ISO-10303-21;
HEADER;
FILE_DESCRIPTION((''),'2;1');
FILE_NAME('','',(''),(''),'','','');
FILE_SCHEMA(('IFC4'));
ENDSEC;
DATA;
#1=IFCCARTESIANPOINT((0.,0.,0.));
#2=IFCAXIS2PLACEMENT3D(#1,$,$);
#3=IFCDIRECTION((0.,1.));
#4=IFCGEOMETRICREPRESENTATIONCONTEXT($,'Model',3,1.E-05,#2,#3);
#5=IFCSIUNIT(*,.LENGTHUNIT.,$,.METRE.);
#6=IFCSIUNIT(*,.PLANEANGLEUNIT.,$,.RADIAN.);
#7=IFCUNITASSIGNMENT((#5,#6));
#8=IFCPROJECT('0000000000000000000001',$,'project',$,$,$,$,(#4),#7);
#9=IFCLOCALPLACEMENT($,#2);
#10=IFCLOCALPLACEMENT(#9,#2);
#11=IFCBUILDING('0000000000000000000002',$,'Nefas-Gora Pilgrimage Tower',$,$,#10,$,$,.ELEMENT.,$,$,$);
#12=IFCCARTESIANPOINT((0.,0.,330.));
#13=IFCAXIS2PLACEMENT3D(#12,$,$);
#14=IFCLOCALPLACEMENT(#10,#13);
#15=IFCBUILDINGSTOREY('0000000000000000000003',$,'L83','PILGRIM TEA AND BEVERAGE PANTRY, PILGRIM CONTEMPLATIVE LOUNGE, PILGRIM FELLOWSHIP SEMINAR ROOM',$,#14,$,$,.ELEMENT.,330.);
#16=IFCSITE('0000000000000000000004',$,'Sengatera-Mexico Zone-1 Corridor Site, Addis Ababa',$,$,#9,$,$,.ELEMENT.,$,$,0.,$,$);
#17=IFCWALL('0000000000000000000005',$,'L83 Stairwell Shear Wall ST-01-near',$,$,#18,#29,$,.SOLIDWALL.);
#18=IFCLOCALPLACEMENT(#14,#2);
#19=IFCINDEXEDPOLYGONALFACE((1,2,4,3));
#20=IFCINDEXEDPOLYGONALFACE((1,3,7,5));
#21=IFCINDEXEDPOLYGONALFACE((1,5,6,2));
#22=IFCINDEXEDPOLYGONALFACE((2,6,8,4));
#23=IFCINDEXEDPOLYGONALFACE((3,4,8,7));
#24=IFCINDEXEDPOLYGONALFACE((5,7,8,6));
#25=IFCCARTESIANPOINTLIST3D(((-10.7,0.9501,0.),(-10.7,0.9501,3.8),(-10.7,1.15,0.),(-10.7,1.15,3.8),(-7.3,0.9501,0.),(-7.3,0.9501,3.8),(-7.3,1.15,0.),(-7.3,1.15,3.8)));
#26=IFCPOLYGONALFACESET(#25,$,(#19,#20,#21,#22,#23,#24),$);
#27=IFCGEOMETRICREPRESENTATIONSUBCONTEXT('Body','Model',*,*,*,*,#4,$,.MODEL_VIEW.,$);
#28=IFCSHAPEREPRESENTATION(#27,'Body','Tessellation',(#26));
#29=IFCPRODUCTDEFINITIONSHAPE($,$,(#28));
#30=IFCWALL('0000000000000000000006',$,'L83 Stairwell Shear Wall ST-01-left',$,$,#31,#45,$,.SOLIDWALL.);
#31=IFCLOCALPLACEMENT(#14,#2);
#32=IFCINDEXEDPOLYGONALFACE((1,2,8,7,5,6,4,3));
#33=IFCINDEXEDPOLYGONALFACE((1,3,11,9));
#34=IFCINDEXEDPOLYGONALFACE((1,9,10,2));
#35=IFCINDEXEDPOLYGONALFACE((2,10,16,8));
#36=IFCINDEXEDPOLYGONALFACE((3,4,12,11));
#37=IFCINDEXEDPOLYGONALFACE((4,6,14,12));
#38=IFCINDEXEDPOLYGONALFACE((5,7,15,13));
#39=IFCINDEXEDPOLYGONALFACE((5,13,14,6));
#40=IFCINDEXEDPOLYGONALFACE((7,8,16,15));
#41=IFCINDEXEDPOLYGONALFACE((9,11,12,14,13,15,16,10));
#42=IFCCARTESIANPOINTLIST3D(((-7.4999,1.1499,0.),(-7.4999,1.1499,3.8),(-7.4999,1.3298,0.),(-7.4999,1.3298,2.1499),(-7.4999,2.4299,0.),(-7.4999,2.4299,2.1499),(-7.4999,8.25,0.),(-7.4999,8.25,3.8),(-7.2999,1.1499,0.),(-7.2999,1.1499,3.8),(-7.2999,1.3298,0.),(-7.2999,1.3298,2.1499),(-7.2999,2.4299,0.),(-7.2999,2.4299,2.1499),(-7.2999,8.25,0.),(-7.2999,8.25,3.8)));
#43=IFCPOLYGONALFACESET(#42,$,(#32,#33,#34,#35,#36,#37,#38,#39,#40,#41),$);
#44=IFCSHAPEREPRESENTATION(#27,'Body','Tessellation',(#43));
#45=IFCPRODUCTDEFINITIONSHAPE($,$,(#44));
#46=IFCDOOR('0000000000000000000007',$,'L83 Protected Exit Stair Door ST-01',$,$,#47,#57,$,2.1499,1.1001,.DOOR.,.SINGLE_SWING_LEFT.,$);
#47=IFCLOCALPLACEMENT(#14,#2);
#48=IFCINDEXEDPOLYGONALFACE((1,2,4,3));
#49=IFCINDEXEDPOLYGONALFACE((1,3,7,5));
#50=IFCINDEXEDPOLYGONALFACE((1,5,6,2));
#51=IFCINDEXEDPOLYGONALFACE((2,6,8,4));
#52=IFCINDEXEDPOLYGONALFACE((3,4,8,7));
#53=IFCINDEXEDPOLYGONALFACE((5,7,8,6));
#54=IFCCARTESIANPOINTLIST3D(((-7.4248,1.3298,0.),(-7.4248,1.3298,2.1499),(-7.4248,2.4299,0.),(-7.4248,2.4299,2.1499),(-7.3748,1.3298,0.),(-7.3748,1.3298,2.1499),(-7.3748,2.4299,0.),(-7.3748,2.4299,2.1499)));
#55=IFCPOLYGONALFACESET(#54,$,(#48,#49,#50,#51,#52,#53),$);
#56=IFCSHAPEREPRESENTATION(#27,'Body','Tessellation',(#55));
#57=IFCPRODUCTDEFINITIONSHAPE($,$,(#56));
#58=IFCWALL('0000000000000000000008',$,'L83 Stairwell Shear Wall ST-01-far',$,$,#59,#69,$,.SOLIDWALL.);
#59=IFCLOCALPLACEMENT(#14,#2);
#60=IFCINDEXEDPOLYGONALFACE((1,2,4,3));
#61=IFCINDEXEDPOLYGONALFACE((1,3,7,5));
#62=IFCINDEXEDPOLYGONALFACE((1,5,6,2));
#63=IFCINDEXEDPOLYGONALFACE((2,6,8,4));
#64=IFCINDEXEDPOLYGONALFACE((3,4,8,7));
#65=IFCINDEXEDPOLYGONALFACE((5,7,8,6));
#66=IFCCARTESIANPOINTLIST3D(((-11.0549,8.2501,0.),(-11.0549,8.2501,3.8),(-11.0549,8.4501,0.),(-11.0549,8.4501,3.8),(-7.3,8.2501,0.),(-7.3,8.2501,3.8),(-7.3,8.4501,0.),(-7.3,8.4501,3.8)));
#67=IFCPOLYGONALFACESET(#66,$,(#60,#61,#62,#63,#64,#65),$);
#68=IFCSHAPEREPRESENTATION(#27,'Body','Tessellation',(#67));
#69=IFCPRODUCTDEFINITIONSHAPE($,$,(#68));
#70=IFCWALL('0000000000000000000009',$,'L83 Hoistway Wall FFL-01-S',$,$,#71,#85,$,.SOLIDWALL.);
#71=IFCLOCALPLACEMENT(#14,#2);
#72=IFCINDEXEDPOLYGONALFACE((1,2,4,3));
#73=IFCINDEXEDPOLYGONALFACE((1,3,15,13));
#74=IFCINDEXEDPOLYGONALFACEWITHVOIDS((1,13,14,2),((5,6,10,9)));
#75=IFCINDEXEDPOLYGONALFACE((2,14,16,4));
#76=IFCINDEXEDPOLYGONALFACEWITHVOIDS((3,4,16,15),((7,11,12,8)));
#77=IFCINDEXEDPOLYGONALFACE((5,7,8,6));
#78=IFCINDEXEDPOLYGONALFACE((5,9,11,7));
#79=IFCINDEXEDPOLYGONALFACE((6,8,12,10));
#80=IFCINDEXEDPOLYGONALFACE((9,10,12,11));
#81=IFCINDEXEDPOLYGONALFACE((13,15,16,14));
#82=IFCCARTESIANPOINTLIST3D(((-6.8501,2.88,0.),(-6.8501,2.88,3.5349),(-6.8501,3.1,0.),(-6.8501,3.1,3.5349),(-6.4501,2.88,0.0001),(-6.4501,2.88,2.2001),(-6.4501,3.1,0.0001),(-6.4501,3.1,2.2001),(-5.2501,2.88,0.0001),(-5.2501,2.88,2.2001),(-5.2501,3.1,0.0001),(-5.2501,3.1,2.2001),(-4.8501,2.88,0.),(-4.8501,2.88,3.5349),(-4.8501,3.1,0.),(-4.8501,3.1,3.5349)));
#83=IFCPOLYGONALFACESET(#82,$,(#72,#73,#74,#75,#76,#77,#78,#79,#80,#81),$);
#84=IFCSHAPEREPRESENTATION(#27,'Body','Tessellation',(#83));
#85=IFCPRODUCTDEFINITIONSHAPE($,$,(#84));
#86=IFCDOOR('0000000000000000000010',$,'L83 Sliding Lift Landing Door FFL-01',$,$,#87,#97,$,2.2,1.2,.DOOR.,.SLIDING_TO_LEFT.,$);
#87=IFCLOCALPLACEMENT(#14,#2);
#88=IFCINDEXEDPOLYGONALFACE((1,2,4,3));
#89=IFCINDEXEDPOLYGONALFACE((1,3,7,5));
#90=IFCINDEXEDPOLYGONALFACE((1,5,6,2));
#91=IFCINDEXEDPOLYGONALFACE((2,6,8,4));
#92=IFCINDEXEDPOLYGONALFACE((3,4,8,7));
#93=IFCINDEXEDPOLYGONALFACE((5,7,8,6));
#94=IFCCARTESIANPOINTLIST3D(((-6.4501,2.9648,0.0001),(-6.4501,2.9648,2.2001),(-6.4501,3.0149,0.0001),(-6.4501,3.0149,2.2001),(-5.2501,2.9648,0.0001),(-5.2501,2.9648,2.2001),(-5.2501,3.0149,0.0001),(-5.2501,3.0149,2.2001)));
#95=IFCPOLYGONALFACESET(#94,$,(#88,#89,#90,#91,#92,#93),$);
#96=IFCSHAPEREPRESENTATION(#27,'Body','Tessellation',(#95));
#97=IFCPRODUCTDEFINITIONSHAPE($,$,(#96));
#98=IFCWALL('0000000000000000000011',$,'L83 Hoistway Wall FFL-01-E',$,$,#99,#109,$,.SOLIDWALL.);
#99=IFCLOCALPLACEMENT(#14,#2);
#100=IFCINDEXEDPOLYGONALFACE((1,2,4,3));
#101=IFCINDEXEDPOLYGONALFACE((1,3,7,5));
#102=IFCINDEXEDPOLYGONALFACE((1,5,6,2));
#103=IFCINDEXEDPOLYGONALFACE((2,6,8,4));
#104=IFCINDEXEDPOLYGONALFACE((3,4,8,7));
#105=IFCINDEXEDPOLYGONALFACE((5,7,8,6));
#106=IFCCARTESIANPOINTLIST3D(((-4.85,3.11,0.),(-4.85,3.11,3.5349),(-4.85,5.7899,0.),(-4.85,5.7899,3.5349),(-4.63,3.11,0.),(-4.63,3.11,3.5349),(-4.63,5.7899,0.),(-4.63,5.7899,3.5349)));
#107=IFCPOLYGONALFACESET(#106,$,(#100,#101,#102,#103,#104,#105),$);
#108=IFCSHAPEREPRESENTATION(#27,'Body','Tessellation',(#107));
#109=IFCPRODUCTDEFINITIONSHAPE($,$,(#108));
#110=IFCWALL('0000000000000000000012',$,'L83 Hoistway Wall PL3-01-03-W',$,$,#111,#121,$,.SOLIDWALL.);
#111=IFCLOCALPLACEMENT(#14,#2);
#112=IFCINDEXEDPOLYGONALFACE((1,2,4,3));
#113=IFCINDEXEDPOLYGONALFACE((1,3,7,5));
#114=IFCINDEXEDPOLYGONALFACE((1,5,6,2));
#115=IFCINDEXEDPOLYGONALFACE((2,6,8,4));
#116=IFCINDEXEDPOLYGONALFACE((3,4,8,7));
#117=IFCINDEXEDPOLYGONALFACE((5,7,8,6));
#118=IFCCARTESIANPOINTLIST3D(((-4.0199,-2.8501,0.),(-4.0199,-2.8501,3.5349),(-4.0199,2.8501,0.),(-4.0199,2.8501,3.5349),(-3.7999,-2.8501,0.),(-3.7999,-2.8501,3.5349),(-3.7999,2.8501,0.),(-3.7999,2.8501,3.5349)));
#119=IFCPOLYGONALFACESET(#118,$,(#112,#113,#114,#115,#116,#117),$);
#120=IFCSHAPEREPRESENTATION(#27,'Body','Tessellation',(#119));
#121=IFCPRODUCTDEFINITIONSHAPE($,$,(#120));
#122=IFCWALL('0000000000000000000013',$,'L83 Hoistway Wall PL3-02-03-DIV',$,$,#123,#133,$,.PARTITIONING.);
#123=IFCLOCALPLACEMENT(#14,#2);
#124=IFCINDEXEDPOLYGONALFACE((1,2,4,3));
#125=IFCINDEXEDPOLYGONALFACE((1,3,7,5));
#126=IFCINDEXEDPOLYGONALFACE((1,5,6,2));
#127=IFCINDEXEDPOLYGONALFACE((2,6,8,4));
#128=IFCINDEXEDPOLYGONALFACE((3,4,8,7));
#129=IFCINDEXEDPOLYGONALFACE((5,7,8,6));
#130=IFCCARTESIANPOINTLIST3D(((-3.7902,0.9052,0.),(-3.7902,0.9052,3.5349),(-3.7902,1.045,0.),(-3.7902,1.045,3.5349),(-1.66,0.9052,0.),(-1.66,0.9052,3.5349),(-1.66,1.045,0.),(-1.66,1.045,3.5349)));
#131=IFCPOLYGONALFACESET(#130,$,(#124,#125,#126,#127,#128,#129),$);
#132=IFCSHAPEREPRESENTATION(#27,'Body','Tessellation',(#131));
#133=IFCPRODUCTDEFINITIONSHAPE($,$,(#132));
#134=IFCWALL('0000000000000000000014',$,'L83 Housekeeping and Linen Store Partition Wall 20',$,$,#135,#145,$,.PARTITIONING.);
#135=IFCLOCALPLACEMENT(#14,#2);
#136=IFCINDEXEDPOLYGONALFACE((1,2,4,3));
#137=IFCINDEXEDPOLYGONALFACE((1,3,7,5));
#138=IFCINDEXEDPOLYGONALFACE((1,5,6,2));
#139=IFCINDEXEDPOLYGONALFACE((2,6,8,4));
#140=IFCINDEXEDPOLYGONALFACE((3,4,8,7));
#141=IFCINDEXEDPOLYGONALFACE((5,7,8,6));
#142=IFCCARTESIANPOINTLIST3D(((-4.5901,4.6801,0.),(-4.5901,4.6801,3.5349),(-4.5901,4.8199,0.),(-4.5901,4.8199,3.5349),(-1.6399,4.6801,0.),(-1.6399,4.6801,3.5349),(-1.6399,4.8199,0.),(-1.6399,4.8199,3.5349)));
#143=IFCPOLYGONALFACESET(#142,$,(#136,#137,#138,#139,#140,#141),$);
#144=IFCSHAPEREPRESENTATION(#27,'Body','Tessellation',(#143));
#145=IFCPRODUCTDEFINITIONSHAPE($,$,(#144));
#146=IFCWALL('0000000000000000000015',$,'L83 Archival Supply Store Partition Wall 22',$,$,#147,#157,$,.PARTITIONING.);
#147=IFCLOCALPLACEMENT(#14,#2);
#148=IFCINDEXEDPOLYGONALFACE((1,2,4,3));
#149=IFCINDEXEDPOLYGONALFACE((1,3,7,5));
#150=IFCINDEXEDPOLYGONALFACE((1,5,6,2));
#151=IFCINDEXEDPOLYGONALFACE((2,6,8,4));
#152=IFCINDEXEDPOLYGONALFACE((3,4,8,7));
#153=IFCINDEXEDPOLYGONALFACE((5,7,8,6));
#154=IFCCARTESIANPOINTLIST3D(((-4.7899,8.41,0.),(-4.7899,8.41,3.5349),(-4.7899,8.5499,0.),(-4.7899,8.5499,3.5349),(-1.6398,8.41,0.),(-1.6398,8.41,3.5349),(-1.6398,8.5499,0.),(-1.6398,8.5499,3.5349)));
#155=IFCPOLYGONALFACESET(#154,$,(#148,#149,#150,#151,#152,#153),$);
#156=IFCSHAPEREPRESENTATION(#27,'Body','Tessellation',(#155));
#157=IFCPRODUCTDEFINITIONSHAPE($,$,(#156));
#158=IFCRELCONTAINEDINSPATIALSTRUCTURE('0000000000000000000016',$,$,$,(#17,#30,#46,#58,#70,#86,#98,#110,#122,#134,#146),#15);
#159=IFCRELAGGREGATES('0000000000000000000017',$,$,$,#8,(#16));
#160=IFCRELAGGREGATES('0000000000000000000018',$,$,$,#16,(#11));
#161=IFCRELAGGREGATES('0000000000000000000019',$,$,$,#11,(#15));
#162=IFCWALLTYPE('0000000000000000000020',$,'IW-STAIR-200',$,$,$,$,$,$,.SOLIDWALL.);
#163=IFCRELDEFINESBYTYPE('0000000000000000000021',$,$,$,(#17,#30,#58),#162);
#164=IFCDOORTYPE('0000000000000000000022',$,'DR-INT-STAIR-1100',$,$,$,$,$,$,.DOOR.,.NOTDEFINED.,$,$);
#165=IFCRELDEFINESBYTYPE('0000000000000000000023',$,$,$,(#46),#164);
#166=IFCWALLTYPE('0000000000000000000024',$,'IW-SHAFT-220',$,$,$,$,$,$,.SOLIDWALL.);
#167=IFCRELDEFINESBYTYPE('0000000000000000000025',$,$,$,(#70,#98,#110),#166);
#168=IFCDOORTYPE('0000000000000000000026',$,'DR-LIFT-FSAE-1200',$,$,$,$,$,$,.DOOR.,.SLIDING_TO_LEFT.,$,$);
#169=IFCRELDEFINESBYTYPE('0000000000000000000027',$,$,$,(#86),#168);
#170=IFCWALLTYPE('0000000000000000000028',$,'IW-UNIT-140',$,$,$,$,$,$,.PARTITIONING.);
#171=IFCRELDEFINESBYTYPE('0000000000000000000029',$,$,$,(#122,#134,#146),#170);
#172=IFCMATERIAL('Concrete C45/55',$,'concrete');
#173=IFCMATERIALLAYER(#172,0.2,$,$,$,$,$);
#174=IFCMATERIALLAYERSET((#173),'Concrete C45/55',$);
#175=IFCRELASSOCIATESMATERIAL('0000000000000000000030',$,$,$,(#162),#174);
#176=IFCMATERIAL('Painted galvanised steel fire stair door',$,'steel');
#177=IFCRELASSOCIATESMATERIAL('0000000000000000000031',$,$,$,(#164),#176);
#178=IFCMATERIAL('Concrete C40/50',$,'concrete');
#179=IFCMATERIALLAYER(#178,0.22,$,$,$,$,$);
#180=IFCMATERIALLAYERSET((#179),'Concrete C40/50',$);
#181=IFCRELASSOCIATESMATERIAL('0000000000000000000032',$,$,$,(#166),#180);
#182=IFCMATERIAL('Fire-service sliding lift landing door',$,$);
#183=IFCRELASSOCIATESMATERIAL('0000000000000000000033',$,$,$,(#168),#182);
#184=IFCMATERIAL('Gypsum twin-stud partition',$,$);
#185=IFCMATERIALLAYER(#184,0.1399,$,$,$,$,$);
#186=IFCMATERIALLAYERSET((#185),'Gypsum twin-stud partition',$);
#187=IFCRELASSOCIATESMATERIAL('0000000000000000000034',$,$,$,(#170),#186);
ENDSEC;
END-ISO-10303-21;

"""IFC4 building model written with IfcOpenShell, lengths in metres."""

from ifc_helpers import new_model, si_unit, direction, frame, frame_2d, origin, place, context, subcontext, project, spatial, rectangle, extrude, source, transform, mapped, material, layer, layer_set, type_object, element, fill, save


model = new_model("IFC4")

# Units and contexts
model_context = context("Model", 3, precision=1e-05, world=origin(), true_north=direction((0.0, 1.0)))
body_context = subcontext(model_context, "Body", "Model", "MODEL_VIEW")
ifc_project = project(units=[si_unit("LENGTHUNIT", "METRE"), si_unit("PLANEANGLEUNIT", "RADIAN")], contexts=[model_context])

# Site, building, storey
site_placement = place(None, origin())
site = spatial("IfcSite", under=ifc_project, at=site_placement, Name="Sengatera-Mexico Zone-1 Corridor Site, Addis Ababa", CompositionType="ELEMENT", RefElevation=0.0)
building_placement = place(site_placement, origin())
building = spatial("IfcBuilding", under=site, at=building_placement, Name="Nefas-Gora Pilgrimage Tower", CompositionType="ELEMENT")
storey_placement = place(building_placement, frame((0.0, 0.0, 330.0)))
storey = spatial("IfcBuildingStorey", under=building, at=storey_placement, Name="L83", Description="PILGRIM TEA AND BEVERAGE PANTRY, PILGRIM CONTEMPLATIVE LOUNGE, PILGRIM FELLOWSHIP SEMINAR ROOM", CompositionType="ELEMENT", Elevation=330.0)

# Wall
ifc_material_1 = material(Name="Concrete C45/55", Category="concrete")
ifc_layer_1 = layer(ifc_material_1, 0.2)
ifc_layer_set_1 = layer_set([ifc_layer_1], Name="Concrete C45/55")
wall_type_1 = type_object("IfcWallType", Name="IW-STAIR-200", PredefinedType="SOLIDWALL", material=ifc_layer_set_1)
shared_shape_1 = source(origin(), body_context, "Body", "SweptSolid", [
    extrude(rectangle(XDim=3.3999, YDim=0.2, at=frame_2d((1.7, 0.0))), origin(), (0.0, 0.0, 1.0), 3.8),
])
wall_1_placement = place(storey_placement, frame((-7.3, 1.05, 0.0), z_axis=(0.0, 0.0, 1.0), x_axis=(-1.0, 0.0, 0.0)))
element("IfcWall", 1, at=wall_1_placement, inside=storey, type_object=wall_type_1, Name="L83 Stairwell Shear Wall ST-01-near", PredefinedType="SOLIDWALL", context=body_context, shape_type="MappedRepresentation", body=[
    mapped(shared_shape_1, transform((0.0, 0.0, 0.0), x_axis=(1.0, 0.0, 0.0), y_axis=(0.0, 1.0, 0.0), z_axis=(0.0, 0.0, 1.0), scale=1.0)),
])

# Wall, opening, door
shared_shape_2 = source(origin(), body_context, "Body", "SweptSolid", [
    extrude(rectangle(XDim=7.1001, YDim=0.2, at=frame_2d((3.55, 0.0))), origin(), (0.0, 0.0, 1.0), 3.8),
])
wall_2_placement = place(storey_placement, frame((-7.3999, 1.1499, 0.0), z_axis=(0.0, 0.0, 1.0), x_axis=(0.0, 1.0, 0.0)))
wall_2 = element("IfcWall", 2, at=wall_2_placement, inside=storey, type_object=wall_type_1, Name="L83 Stairwell Shear Wall ST-01-left", PredefinedType="SOLIDWALL", context=body_context, shape_type="MappedRepresentation", body=[
    mapped(shared_shape_2, transform((0.0, 0.0, 0.0), x_axis=(1.0, 0.0, 0.0), y_axis=(0.0, 1.0, 0.0), z_axis=(0.0, 0.0, 1.0), scale=1.0)),
])
opening_1_placement = place(wall_2_placement, frame((0.1799, 0.0, 0.0)))
opening_1 = element("IfcOpeningElement", 3, at=opening_1_placement, cuts=wall_2, PredefinedType="OPENING", context=body_context, shape_type="SweptSolid", body=[
    extrude(rectangle(XDim=1.1001, YDim=2.1499, at=frame_2d((0.55, 1.075))), frame((0.0, 0.1099, 0.0), z_axis=(0.0, -1.0, 0.0), x_axis=(1.0, 0.0, 0.0)), (0.0, 0.0, 1.0), 0.22),
])
ifc_material_2 = material(Name="Painted galvanised steel fire stair door", Category="steel")
door_type_1 = type_object("IfcDoorType", Name="DR-INT-STAIR-1100", OperationType="NOTDEFINED", PredefinedType="DOOR", material=ifc_material_2)
shared_shape_3 = source(origin(), body_context, "Body", "SweptSolid", [
    extrude(rectangle(XDim=1.1001, YDim=2.1499, at=frame_2d((0.55, 1.075))), frame((0.0, 0.0249, 0.0), z_axis=(0.0, -1.0, 0.0), x_axis=(1.0, 0.0, 0.0)), (0.0, 0.0, 1.0), 0.05),
])
door_1_placement = place(opening_1_placement, origin())
door_1 = element("IfcDoor", 4, at=door_1_placement, inside=storey, type_object=door_type_1, Name="L83 Protected Exit Stair Door ST-01", OperationType="SINGLE_SWING_LEFT", OverallHeight=2.1499, OverallWidth=1.1001, PredefinedType="DOOR", context=body_context, shape_type="MappedRepresentation", body=[
    mapped(shared_shape_3, transform((0.0, 0.0, 0.0), x_axis=(1.0, 0.0, 0.0), y_axis=(0.0, 1.0, 0.0), z_axis=(0.0, 0.0, 1.0), scale=1.0)),
])
fill(opening_1, door_1)

# Wall
shared_shape_4 = source(origin(), body_context, "Body", "SweptSolid", [
    extrude(rectangle(XDim=3.7549, YDim=0.2, at=frame_2d((1.8774, 0.0))), origin(), (0.0, 0.0, 1.0), 3.8),
])
wall_3_placement = place(storey_placement, frame((-7.3, 8.3501, 0.0), z_axis=(0.0, 0.0, 1.0), x_axis=(-1.0, 0.0, 0.0)))
element("IfcWall", 5, at=wall_3_placement, inside=storey, type_object=wall_type_1, Name="L83 Stairwell Shear Wall ST-01-far", PredefinedType="SOLIDWALL", context=body_context, shape_type="MappedRepresentation", body=[
    mapped(shared_shape_4, transform((0.0, 0.0, 0.0), x_axis=(1.0, 0.0, 0.0), y_axis=(0.0, 1.0, 0.0), z_axis=(0.0, 0.0, 1.0), scale=1.0)),
])

# Wall, opening, door
ifc_material_3 = material(Name="Concrete C40/50", Category="concrete")
ifc_layer_2 = layer(ifc_material_3, 0.22)
ifc_layer_set_2 = layer_set([ifc_layer_2], Name="Concrete C40/50")
wall_type_2 = type_object("IfcWallType", Name="IW-SHAFT-220", PredefinedType="SOLIDWALL", material=ifc_layer_set_2)
shared_shape_5 = source(origin(), body_context, "Body", "SweptSolid", [
    extrude(rectangle(XDim=2.0, YDim=0.22, at=frame_2d((1.0, 0.0))), origin(), (0.0, 0.0, 1.0), 3.5349),
])
wall_4_placement = place(storey_placement, frame((-6.8501, 2.99, 0.0), z_axis=(0.0, 0.0, 1.0), x_axis=(1.0, 0.0, 0.0)))
wall_4 = element("IfcWall", 6, at=wall_4_placement, inside=storey, type_object=wall_type_2, Name="L83 Hoistway Wall FFL-01-S", PredefinedType="SOLIDWALL", context=body_context, shape_type="MappedRepresentation", body=[
    mapped(shared_shape_5, transform((0.0, 0.0, 0.0), x_axis=(1.0, 0.0, 0.0), y_axis=(0.0, 1.0, 0.0), z_axis=(0.0, 0.0, 1.0), scale=1.0)),
])
opening_2_placement = place(wall_4_placement, frame((0.3999, 0.0, 0.0)))
opening_2 = element("IfcOpeningElement", 7, at=opening_2_placement, cuts=wall_4, PredefinedType="OPENING", context=body_context, shape_type="SweptSolid", body=[
    extrude(rectangle(XDim=1.2, YDim=2.2, at=frame_2d((0.6001, 1.1001))), frame((0.0, 0.1199, 0.0), z_axis=(0.0, -1.0, 0.0), x_axis=(1.0, 0.0, 0.0)), (0.0, 0.0, 1.0), 0.24),
])
ifc_material_4 = material(Name="Fire-service sliding lift landing door")
door_type_2 = type_object("IfcDoorType", Name="DR-LIFT-FSAE-1200", OperationType="SLIDING_TO_LEFT", PredefinedType="DOOR", material=ifc_material_4)
shared_shape_6 = source(origin(), body_context, "Body", "SweptSolid", [
    extrude(rectangle(XDim=1.2, YDim=2.2, at=frame_2d((0.6001, 1.1001))), frame((0.0, 0.0249, 0.0), z_axis=(0.0, -1.0, 0.0), x_axis=(1.0, 0.0, 0.0)), (0.0, 0.0, 1.0), 0.05),
])
door_2_placement = place(opening_2_placement, origin())
door_2 = element("IfcDoor", 8, at=door_2_placement, inside=storey, type_object=door_type_2, Name="L83 Sliding Lift Landing Door FFL-01", OperationType="SLIDING_TO_LEFT", OverallHeight=2.2, OverallWidth=1.2, PredefinedType="DOOR", context=body_context, shape_type="MappedRepresentation", body=[
    mapped(shared_shape_6, transform((0.0, 0.0, 0.0), x_axis=(1.0, 0.0, 0.0), y_axis=(0.0, 1.0, 0.0), z_axis=(0.0, 0.0, 1.0), scale=1.0)),
])
fill(opening_2, door_2)

# Walls
shared_shape_7 = source(origin(), body_context, "Body", "SweptSolid", [
    extrude(rectangle(XDim=2.6799, YDim=0.22, at=frame_2d((1.3398, 0.0))), origin(), (0.0, 0.0, 1.0), 3.5349),
])
wall_5_placement = place(storey_placement, frame((-4.74, 3.1101, 0.0), z_axis=(0.0, 0.0, 1.0), x_axis=(0.0, 1.0, 0.0)))
element("IfcWall", 9, at=wall_5_placement, inside=storey, type_object=wall_type_2, Name="L83 Hoistway Wall FFL-01-E", PredefinedType="SOLIDWALL", context=body_context, shape_type="MappedRepresentation", body=[
    mapped(shared_shape_7, transform((0.0, 0.0, 0.0), x_axis=(1.0, 0.0, 0.0), y_axis=(0.0, 1.0, 0.0), z_axis=(0.0, 0.0, 1.0), scale=1.0)),
])
shared_shape_8 = source(origin(), body_context, "Body", "SweptSolid", [
    extrude(rectangle(XDim=5.7002, YDim=0.22, at=frame_2d((2.8501, 0.0))), origin(), (0.0, 0.0, 1.0), 3.5349),
])
wall_6_placement = place(storey_placement, frame((-3.9099, 2.8501, 0.0), z_axis=(0.0, 0.0, 1.0), x_axis=(0.0, -1.0, 0.0)))
element("IfcWall", 10, at=wall_6_placement, inside=storey, type_object=wall_type_2, Name="L83 Hoistway Wall PL3-01-03-W", PredefinedType="SOLIDWALL", context=body_context, shape_type="MappedRepresentation", body=[
    mapped(shared_shape_8, transform((0.0, 0.0, 0.0), x_axis=(1.0, 0.0, 0.0), y_axis=(0.0, 1.0, 0.0), z_axis=(0.0, 0.0, 1.0), scale=1.0)),
])
ifc_material_5 = material(Name="Gypsum twin-stud partition")
ifc_layer_3 = layer(ifc_material_5, 0.1399)
ifc_layer_set_3 = layer_set([ifc_layer_3], Name="Gypsum twin-stud partition")
wall_type_3 = type_object("IfcWallType", Name="IW-UNIT-140", PredefinedType="PARTITIONING", material=ifc_layer_set_3)
shared_shape_9 = source(origin(), body_context, "Body", "SweptSolid", [
    extrude(rectangle(XDim=2.1301, YDim=0.1399, at=frame_2d((1.0649, 0.0))), origin(), (0.0, 0.0, 1.0), 3.5349),
])
wall_7_placement = place(storey_placement, frame((-3.79, 0.9751, 0.0), z_axis=(0.0, 0.0, 1.0), x_axis=(1.0, 0.0, 0.0)))
element("IfcWall", 11, at=wall_7_placement, inside=storey, type_object=wall_type_3, Name="L83 Hoistway Wall PL3-02-03-DIV", PredefinedType="PARTITIONING", context=body_context, shape_type="MappedRepresentation", body=[
    mapped(shared_shape_9, transform((0.0, 0.0, 0.0), x_axis=(1.0, 0.0, 0.0), y_axis=(0.0, 1.0, 0.0), z_axis=(0.0, 0.0, 1.0), scale=1.0)),
])
shared_shape_10 = source(origin(), body_context, "Body", "SweptSolid", [
    extrude(rectangle(XDim=2.9502, YDim=0.1399, at=frame_2d((1.4751, 0.0))), origin(), (0.0, 0.0, 1.0), 3.5349),
])
wall_8_placement = place(storey_placement, frame((-4.5901, 4.75, 0.0), z_axis=(0.0, 0.0, 1.0), x_axis=(1.0, 0.0, 0.0)))
element("IfcWall", 12, at=wall_8_placement, inside=storey, type_object=wall_type_3, Name="L83 Housekeeping and Linen Store Partition Wall 20", PredefinedType="PARTITIONING", context=body_context, shape_type="MappedRepresentation", body=[
    mapped(shared_shape_10, transform((0.0, 0.0, 0.0), x_axis=(1.0, 0.0, 0.0), y_axis=(0.0, 1.0, 0.0), z_axis=(0.0, 0.0, 1.0), scale=1.0)),
])
shared_shape_11 = source(origin(), body_context, "Body", "SweptSolid", [
    extrude(rectangle(XDim=3.1501, YDim=0.1399, at=frame_2d((1.5752, 0.0))), origin(), (0.0, 0.0, 1.0), 3.5349),
])
wall_9_placement = place(storey_placement, frame((-4.79, 8.48, 0.0), z_axis=(0.0, 0.0, 1.0), x_axis=(1.0, 0.0, 0.0)))
element("IfcWall", 13, at=wall_9_placement, inside=storey, type_object=wall_type_3, Name="L83 Archival Supply Store Partition Wall 22", PredefinedType="PARTITIONING", context=body_context, shape_type="MappedRepresentation", body=[
    mapped(shared_shape_11, transform((0.0, 0.0, 0.0), x_axis=(1.0, 0.0, 0.0), y_axis=(0.0, 1.0, 0.0), z_axis=(0.0, 0.0, 1.0), scale=1.0)),
])

save(model, "model.ifc")
